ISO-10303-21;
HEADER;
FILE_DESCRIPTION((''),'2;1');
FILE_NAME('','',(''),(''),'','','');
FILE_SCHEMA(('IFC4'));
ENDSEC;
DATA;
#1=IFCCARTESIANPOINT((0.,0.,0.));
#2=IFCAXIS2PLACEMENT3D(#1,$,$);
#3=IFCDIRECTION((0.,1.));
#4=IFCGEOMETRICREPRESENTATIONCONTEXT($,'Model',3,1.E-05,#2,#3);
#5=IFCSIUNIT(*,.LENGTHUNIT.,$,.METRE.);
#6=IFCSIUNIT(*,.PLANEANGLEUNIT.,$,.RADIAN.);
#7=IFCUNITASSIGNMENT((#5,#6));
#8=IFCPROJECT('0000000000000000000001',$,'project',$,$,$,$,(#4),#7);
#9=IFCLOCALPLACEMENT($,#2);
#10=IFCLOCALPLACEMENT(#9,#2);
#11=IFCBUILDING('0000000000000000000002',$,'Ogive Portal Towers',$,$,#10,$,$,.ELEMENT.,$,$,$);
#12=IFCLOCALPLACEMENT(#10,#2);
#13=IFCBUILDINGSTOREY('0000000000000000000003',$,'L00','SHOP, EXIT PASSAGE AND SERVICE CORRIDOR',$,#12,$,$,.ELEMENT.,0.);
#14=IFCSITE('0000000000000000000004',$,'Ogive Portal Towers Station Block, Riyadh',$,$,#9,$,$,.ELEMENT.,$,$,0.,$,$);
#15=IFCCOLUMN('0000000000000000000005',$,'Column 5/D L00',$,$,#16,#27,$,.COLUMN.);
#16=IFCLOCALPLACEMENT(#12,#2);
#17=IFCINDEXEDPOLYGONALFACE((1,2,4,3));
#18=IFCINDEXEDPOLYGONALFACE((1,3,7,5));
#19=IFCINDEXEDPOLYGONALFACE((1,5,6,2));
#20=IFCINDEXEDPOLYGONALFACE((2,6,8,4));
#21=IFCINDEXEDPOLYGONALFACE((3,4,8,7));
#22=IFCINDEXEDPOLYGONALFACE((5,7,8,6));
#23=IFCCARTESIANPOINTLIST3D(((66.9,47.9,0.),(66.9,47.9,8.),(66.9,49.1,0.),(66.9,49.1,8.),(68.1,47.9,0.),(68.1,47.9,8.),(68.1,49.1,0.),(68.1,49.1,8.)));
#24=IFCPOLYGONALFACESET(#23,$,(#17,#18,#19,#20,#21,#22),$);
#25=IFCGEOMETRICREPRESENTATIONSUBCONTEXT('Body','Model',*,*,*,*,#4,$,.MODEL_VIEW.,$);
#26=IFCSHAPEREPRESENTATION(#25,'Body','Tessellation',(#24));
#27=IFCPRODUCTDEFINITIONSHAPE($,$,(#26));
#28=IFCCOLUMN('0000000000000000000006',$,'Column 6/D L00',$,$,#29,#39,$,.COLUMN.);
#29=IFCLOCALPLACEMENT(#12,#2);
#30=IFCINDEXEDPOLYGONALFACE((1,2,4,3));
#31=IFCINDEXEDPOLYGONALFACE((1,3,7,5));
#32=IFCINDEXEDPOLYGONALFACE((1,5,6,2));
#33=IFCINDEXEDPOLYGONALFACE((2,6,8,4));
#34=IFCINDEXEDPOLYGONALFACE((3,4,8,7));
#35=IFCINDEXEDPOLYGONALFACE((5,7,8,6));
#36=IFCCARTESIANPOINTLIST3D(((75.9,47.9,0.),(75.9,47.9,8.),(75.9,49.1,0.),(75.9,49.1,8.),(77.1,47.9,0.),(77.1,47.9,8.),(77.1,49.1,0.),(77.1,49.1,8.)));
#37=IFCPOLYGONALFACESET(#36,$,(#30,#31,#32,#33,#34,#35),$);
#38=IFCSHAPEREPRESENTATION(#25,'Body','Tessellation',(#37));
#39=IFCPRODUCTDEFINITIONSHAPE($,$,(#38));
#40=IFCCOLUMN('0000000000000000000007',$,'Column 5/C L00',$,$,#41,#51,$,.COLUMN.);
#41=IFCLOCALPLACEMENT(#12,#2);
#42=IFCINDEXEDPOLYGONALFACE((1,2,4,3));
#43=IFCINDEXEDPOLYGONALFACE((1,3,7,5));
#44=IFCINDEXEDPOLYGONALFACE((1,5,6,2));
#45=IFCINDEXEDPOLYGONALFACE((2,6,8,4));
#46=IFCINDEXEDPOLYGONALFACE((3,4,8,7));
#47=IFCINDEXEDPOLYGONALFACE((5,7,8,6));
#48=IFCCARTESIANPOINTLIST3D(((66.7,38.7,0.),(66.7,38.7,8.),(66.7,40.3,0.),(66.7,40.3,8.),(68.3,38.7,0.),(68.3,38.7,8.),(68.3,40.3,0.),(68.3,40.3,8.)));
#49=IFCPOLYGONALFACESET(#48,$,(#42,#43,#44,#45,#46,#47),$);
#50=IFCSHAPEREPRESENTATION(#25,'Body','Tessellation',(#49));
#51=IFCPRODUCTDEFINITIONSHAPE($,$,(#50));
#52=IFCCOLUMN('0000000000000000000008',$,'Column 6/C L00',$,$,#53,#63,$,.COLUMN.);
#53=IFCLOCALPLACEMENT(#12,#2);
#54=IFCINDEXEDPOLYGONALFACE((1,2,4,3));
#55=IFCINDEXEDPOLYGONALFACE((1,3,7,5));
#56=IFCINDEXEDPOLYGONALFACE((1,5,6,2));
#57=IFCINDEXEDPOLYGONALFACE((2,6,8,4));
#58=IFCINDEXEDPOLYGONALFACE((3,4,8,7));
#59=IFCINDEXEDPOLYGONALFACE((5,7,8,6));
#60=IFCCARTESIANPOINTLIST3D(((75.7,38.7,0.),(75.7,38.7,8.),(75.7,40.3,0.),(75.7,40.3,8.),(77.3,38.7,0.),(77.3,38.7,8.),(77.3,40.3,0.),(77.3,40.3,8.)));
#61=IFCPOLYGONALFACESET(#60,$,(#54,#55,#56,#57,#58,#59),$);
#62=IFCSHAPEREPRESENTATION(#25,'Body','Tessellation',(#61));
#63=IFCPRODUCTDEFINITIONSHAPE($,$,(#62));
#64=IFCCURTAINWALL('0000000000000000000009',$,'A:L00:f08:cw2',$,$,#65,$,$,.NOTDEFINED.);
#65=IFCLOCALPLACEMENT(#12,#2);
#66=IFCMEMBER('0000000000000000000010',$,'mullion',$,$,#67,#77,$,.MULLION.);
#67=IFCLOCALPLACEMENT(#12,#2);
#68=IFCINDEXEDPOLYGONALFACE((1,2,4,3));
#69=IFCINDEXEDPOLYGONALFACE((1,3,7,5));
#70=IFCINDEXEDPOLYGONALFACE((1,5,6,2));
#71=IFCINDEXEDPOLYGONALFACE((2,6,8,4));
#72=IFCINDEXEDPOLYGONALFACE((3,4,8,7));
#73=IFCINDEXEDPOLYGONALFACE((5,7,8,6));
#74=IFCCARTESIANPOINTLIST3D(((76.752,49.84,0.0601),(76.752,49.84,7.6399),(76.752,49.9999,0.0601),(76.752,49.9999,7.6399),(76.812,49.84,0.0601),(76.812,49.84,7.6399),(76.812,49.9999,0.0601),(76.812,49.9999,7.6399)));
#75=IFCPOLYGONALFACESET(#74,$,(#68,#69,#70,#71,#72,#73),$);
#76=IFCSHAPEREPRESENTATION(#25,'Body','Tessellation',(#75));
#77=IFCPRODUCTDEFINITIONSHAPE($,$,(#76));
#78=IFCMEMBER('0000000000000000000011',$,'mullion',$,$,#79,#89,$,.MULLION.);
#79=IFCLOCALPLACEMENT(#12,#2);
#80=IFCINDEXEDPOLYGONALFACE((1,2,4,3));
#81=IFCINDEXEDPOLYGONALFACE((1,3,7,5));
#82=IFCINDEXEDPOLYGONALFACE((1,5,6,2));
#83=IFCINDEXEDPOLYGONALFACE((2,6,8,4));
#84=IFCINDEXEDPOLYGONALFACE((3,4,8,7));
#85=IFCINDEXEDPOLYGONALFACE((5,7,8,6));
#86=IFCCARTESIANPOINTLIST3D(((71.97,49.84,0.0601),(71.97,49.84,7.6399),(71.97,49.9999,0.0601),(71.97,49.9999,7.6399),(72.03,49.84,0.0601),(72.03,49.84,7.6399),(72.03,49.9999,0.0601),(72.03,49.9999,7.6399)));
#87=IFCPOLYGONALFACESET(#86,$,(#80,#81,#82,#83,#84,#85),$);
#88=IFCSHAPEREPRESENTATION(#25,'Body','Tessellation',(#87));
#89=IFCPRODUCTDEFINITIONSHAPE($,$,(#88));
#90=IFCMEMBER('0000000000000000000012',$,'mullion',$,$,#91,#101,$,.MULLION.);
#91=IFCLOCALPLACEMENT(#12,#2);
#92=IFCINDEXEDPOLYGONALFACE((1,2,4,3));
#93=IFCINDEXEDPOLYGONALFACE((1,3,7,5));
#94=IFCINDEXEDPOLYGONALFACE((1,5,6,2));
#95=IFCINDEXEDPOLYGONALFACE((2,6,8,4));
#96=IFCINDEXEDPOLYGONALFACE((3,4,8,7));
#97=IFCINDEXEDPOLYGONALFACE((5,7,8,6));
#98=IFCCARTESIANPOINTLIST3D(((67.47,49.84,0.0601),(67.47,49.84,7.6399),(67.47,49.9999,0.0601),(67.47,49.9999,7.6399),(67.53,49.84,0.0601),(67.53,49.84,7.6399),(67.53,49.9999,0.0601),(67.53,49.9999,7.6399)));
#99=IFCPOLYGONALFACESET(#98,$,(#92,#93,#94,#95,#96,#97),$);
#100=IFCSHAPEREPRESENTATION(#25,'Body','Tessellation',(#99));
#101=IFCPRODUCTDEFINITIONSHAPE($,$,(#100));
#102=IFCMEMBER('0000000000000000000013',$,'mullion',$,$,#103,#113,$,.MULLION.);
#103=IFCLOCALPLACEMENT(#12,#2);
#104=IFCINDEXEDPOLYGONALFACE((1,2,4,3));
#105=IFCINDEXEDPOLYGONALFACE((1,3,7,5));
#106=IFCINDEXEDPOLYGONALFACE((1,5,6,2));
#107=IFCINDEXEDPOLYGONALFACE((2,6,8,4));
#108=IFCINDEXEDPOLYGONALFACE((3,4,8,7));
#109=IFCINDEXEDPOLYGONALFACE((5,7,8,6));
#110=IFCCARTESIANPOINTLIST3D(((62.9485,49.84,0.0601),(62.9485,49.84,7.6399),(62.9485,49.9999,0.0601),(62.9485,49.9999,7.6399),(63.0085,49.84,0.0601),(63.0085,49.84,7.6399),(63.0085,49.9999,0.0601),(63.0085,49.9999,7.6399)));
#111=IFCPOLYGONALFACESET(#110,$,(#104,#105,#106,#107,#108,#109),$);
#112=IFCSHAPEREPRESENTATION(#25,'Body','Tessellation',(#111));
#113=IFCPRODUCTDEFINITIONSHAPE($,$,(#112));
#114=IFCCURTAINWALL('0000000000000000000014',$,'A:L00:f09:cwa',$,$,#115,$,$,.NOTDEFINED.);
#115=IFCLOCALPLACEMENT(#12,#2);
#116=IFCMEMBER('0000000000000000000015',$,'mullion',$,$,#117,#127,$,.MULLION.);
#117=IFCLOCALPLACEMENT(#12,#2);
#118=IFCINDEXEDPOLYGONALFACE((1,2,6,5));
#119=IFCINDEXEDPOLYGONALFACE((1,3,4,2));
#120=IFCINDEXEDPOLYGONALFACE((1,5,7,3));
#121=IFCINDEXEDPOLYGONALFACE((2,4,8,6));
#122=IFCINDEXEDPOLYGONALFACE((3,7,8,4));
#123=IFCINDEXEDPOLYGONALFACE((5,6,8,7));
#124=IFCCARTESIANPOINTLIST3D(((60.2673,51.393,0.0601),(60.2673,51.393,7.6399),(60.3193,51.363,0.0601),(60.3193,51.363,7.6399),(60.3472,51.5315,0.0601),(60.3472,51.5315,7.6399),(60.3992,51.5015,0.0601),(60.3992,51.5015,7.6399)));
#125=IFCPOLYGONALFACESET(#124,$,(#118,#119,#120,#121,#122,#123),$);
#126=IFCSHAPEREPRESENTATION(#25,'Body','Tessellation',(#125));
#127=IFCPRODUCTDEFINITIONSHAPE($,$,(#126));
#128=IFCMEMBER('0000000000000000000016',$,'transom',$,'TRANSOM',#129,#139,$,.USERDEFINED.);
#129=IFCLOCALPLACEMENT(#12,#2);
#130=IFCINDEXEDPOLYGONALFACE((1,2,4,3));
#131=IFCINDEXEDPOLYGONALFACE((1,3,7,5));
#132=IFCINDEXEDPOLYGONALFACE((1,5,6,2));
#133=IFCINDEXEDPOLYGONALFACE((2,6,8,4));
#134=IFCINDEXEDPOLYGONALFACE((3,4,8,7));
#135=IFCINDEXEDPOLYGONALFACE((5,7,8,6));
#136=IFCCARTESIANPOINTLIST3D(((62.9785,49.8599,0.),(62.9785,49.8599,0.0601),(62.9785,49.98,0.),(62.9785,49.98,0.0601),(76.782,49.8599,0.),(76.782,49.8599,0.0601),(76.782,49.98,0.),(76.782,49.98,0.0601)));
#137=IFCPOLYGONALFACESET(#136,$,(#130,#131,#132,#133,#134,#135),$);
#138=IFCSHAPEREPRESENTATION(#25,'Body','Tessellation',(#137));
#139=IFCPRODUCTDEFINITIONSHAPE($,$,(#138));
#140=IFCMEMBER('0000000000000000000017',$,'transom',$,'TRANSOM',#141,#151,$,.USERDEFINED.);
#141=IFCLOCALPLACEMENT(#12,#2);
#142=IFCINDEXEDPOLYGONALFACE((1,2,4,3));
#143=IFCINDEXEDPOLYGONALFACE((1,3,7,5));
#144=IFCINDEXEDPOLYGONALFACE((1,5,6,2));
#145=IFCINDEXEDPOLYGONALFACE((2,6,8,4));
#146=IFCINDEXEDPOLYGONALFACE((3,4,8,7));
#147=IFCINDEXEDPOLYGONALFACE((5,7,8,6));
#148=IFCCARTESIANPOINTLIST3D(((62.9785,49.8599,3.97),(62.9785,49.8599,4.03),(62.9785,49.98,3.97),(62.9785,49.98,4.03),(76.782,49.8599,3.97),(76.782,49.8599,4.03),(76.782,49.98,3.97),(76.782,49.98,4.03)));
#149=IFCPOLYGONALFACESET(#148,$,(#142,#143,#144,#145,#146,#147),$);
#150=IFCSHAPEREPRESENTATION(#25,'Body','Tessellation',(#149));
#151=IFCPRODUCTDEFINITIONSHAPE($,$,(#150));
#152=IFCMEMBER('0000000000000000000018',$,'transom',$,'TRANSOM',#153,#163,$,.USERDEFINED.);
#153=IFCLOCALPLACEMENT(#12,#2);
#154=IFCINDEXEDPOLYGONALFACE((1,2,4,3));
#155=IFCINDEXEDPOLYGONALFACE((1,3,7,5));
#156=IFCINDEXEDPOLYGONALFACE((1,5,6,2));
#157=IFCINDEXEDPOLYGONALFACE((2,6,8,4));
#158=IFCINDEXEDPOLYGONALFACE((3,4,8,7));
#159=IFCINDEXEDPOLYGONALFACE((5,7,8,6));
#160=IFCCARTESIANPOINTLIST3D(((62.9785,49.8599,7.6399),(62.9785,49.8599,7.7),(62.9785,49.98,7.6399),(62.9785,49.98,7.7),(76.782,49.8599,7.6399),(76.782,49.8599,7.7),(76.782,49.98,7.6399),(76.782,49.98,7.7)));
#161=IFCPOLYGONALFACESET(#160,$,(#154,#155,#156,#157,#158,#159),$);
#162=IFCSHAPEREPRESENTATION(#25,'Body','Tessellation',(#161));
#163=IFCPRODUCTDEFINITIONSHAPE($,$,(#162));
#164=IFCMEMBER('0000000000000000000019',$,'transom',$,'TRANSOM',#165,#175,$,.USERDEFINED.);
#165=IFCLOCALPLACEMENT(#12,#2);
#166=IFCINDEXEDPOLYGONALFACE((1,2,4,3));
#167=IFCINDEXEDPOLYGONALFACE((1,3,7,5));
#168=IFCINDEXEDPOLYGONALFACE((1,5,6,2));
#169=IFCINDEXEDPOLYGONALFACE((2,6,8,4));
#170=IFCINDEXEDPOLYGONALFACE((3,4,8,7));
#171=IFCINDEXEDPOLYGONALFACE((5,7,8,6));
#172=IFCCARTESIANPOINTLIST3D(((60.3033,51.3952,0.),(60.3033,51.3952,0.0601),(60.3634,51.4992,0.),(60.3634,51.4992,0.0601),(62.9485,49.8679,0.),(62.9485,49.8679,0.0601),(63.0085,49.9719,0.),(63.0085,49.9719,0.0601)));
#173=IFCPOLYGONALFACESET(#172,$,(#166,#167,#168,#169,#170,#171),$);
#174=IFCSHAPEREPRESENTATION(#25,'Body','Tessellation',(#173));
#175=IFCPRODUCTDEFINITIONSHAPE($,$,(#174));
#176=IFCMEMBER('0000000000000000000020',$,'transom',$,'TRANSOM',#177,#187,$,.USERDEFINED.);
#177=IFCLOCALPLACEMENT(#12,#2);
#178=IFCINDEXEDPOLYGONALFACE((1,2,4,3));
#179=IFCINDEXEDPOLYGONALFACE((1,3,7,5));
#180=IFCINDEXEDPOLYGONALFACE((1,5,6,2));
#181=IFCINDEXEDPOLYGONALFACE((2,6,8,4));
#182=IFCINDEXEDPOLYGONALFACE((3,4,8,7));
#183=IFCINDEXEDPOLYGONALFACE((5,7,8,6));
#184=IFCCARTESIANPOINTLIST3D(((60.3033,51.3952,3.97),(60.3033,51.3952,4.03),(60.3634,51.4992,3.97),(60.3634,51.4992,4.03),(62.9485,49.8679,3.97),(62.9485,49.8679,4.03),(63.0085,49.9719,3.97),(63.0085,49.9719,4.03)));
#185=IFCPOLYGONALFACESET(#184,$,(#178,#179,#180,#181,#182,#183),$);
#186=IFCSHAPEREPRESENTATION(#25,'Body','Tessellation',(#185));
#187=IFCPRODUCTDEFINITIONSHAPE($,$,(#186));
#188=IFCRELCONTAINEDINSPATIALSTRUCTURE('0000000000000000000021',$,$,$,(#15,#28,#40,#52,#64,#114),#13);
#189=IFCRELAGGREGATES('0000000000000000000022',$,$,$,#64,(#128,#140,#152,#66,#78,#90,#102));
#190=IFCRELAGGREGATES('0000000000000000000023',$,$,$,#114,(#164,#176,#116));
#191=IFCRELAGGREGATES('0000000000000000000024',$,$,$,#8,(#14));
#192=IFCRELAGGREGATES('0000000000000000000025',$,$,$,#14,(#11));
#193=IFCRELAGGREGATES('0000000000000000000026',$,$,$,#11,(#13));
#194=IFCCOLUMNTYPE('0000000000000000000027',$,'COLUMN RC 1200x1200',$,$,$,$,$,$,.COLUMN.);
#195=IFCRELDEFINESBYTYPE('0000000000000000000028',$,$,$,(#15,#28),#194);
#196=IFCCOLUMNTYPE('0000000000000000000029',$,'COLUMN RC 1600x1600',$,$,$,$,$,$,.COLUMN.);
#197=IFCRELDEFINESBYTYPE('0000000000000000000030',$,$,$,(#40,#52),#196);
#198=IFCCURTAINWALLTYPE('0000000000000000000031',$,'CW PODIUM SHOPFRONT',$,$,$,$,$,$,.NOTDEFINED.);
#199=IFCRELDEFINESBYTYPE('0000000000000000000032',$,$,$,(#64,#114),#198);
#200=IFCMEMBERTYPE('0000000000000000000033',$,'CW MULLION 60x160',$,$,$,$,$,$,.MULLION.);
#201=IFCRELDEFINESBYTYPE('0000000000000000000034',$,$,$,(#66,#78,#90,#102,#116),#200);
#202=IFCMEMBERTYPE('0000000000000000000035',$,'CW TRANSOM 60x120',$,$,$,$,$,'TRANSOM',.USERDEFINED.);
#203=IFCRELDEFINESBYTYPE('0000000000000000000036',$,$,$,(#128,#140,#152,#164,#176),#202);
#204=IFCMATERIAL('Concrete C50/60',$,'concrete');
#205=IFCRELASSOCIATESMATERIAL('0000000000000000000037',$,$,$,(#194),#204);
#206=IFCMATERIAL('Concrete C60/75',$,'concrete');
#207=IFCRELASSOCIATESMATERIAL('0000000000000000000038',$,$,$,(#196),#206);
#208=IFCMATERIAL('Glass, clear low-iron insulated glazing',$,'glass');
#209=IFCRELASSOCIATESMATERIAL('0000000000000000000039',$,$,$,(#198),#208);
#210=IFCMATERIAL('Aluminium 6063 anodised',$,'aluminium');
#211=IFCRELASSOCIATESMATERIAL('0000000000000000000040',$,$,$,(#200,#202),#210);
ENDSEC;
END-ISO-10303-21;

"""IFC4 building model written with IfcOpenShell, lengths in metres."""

from ifc_helpers import new_model, si_unit, direction, frame, origin, origin_2d, place, context, subcontext, project, spatial, rectangle, extrude, material, material_profile, profile_set, type_object, element, aggregate, save


model = new_model("IFC4")

# Units and contexts
model_context = context("Model", 3, precision=1e-05, world=origin(), true_north=direction((0.0, 1.0)))
body_context = subcontext(model_context, "Body", "Model", "MODEL_VIEW")
ifc_project = project(units=[si_unit("LENGTHUNIT", "METRE"), si_unit("PLANEANGLEUNIT", "RADIAN")], contexts=[model_context])

# Site, building, storey
site_placement = place(None, origin())
site = spatial("IfcSite", under=ifc_project, at=site_placement, Name="Ogive Portal Towers Station Block, Riyadh", CompositionType="ELEMENT", RefElevation=0.0)
building_placement = place(site_placement, origin())
building = spatial("IfcBuilding", under=site, at=building_placement, Name="Ogive Portal Towers", CompositionType="ELEMENT")
storey_placement = place(building_placement, origin())
storey = spatial("IfcBuildingStorey", under=building, at=storey_placement, Name="L00", Description="SHOP, EXIT PASSAGE AND SERVICE CORRIDOR", CompositionType="ELEMENT", Elevation=0.0)

# Columns
ifc_material_1 = material(Name="Concrete C50/60", Category="concrete")
ifc_material_profile_1 = material_profile(ifc_material_1, rectangle(XDim=1.2, YDim=1.2, at=origin_2d()), Name="RC 1200x1200")
ifc_profile_set_1 = profile_set([ifc_material_profile_1], Name="Concrete C50/60")
column_type_1 = type_object("IfcColumnType", Name="COLUMN RC 1200x1200", PredefinedType="COLUMN", material=ifc_profile_set_1)
for number, where, z_axis, x_axis, name in (
    (1, (67.5, 48.5, 0.0), (0.0, 0.0, 1.0), (1.0, 0.0, 0.0), "Column 5/D L00"),
    (2, (76.5, 48.5, 0.0), (0.0, 0.0, 1.0), (1.0, 0.0, 0.0), "Column 6/D L00"),
):
    element("IfcColumn", number, at=place(storey_placement, frame(where, z_axis=z_axis, x_axis=x_axis)), inside=storey, type_object=column_type_1, Name=name, PredefinedType="COLUMN", context=body_context, shape_type="SweptSolid", body=[
        extrude(rectangle(XDim=1.2, YDim=1.2, at=origin_2d()), origin(), (0.0, 0.0, 1.0), 8.0),
    ])
ifc_material_2 = material(Name="Concrete C60/75", Category="concrete")
ifc_material_profile_2 = material_profile(ifc_material_2, rectangle(XDim=1.6001, YDim=1.6001, at=origin_2d()), Name="RC 1600x1600")
ifc_profile_set_2 = profile_set([ifc_material_profile_2], Name="Concrete C60/75")
column_type_2 = type_object("IfcColumnType", Name="COLUMN RC 1600x1600", PredefinedType="COLUMN", material=ifc_profile_set_2)
for number, where, z_axis, x_axis, name in (
    (3, (67.5, 39.5, 0.0), (0.0, 0.0, 1.0), (1.0, 0.0, 0.0), "Column 5/C L00"),
    (4, (76.5, 39.5, 0.0), (0.0, 0.0, 1.0), (1.0, 0.0, 0.0), "Column 6/C L00"),
):
    element("IfcColumn", number, at=place(storey_placement, frame(where, z_axis=z_axis, x_axis=x_axis)), inside=storey, type_object=column_type_2, Name=name, PredefinedType="COLUMN", context=body_context, shape_type="SweptSolid", body=[
        extrude(rectangle(XDim=1.6001, YDim=1.6001, at=origin_2d()), origin(), (0.0, 0.0, 1.0), 8.0),
    ])

# Curtain wall, members
ifc_material_3 = material(Name="Glass, clear low-iron insulated glazing", Category="glass")
curtain_wall_type = type_object("IfcCurtainWallType", Name="CW PODIUM SHOPFRONT", PredefinedType="NOTDEFINED", material=ifc_material_3)
curtain_wall_1_placement = place(storey_placement, origin())
curtain_wall_1 = element("IfcCurtainWall", 5, at=curtain_wall_1_placement, inside=storey, type_object=curtain_wall_type, Name="A:L00:f08:cw2", PredefinedType="NOTDEFINED")
ifc_material_4 = material(Name="Aluminium 6063 anodised", Category="aluminium")
ifc_material_profile_3 = material_profile(ifc_material_4, rectangle(XDim=0.1599, YDim=0.0601, at=origin_2d()), Name="AL 60x160")
ifc_profile_set_3 = profile_set([ifc_material_profile_3], Name="Aluminium 6063 anodised")
member_type_1 = type_object("IfcMemberType", Name="CW MULLION 60x160", PredefinedType="MULLION", material=ifc_profile_set_3)
member_1_placement = place(storey_placement, frame((76.782, 49.9199, 0.0601), z_axis=(0.0, 0.0, 1.0), x_axis=(0.0, -1.0, 0.0)))
member_1 = element("IfcMember", 6, at=member_1_placement, type_object=member_type_1, Name="mullion", PredefinedType="MULLION", context=body_context, shape_type="SweptSolid", body=[
    extrude(rectangle(XDim=0.1599, YDim=0.0601, at=origin_2d()), origin(), (0.0, 0.0, 1.0), 7.5798),
])
member_2_placement = place(storey_placement, frame((72.0, 49.9199, 0.0601), z_axis=(0.0, 0.0, 1.0), x_axis=(0.0, -1.0, 0.0)))
member_2 = element("IfcMember", 7, at=member_2_placement, type_object=member_type_1, Name="mullion", PredefinedType="MULLION", context=body_context, shape_type="SweptSolid", body=[
    extrude(rectangle(XDim=0.1599, YDim=0.0601, at=origin_2d()), origin(), (0.0, 0.0, 1.0), 7.5798),
])
member_3_placement = place(storey_placement, frame((67.5, 49.9199, 0.0601), z_axis=(0.0, 0.0, 1.0), x_axis=(0.0, -1.0, 0.0)))
member_3 = element("IfcMember", 8, at=member_3_placement, type_object=member_type_1, Name="mullion", PredefinedType="MULLION", context=body_context, shape_type="SweptSolid", body=[
    extrude(rectangle(XDim=0.1599, YDim=0.0601, at=origin_2d()), origin(), (0.0, 0.0, 1.0), 7.5798),
])
member_4_placement = place(storey_placement, frame((62.9785, 49.9199, 0.0601), z_axis=(0.0, 0.0, 1.0), x_axis=(0.0, -1.0, 0.0)))
member_4 = element("IfcMember", 9, at=member_4_placement, type_object=member_type_1, Name="mullion", PredefinedType="MULLION", context=body_context, shape_type="SweptSolid", body=[
    extrude(rectangle(XDim=0.1599, YDim=0.0601, at=origin_2d()), origin(), (0.0, 0.0, 1.0), 7.5798),
])

# Curtain wall, member
curtain_wall_2_placement = place(storey_placement, origin())
curtain_wall_2 = element("IfcCurtainWall", 10, at=curtain_wall_2_placement, inside=storey, type_object=curtain_wall_type, Name="A:L00:f09:cwa", PredefinedType="NOTDEFINED")
member_5_placement = place(storey_placement, frame((60.3333, 51.4473, 0.0601), z_axis=(0.0, 0.0, 1.0), x_axis=(-0.5, -0.866025, 0.0)))
member_5 = element("IfcMember", 11, at=member_5_placement, type_object=member_type_1, Name="mullion", PredefinedType="MULLION", context=body_context, shape_type="SweptSolid", body=[
    extrude(rectangle(XDim=0.1599, YDim=0.0601, at=origin_2d()), origin(), (0.0, 0.0, 1.0), 7.5798),
])

# Members
ifc_material_profile_4 = material_profile(ifc_material_4, rectangle(XDim=0.1201, YDim=0.0601, at=origin_2d()), Name="AL 120x60")
ifc_profile_set_4 = profile_set([ifc_material_profile_4], Name="Aluminium 6063 anodised")
member_type_2 = type_object("IfcMemberType", Name="CW TRANSOM 60x120", ElementType="TRANSOM", PredefinedType="USERDEFINED", material=ifc_profile_set_4)
member_6_placement = place(storey_placement, frame((76.782, 49.9199, 0.03), z_axis=(-1.0, 0.0, 0.0), x_axis=(0.0, -1.0, 0.0)))
member_6 = element("IfcMember", 12, at=member_6_placement, type_object=member_type_2, Name="transom", ObjectType="TRANSOM", PredefinedType="USERDEFINED", context=body_context, shape_type="SweptSolid", body=[
    extrude(rectangle(XDim=0.1201, YDim=0.0601, at=origin_2d()), origin(), (0.0, 0.0, 1.0), 13.8035),
])
member_7_placement = place(storey_placement, frame((76.782, 49.9199, 4.0), z_axis=(-1.0, 0.0, 0.0), x_axis=(0.0, -1.0, 0.0)))
member_7 = element("IfcMember", 13, at=member_7_placement, type_object=member_type_2, Name="transom", ObjectType="TRANSOM", PredefinedType="USERDEFINED", context=body_context, shape_type="SweptSolid", body=[
    extrude(rectangle(XDim=0.1201, YDim=0.0601, at=origin_2d()), origin(), (0.0, 0.0, 1.0), 13.8035),
])
member_8_placement = place(storey_placement, frame((76.782, 49.9199, 7.6699), z_axis=(-1.0, 0.0, 0.0), x_axis=(0.0, -1.0, 0.0)))
member_8 = element("IfcMember", 14, at=member_8_placement, type_object=member_type_2, Name="transom", ObjectType="TRANSOM", PredefinedType="USERDEFINED", context=body_context, shape_type="SweptSolid", body=[
    extrude(rectangle(XDim=0.1201, YDim=0.0601, at=origin_2d()), origin(), (0.0, 0.0, 1.0), 13.8035),
])
member_9_placement = place(storey_placement, frame((62.9785, 49.9199, 0.03), z_axis=(-0.866011, 0.500025, 0.0), x_axis=(-0.500025, -0.866011, 0.0)))
member_9 = element("IfcMember", 15, at=member_9_placement, type_object=member_type_2, Name="transom", ObjectType="TRANSOM", PredefinedType="USERDEFINED", context=body_context, shape_type="SweptSolid", body=[
    extrude(rectangle(XDim=0.1201, YDim=0.0601, at=origin_2d()), origin(), (0.0, 0.0, 1.0), 3.0544),
])
member_10_placement = place(storey_placement, frame((62.9785, 49.9199, 4.0), z_axis=(-0.866011, 0.500025, 0.0), x_axis=(-0.500025, -0.866011, 0.0)))
member_10 = element("IfcMember", 16, at=member_10_placement, type_object=member_type_2, Name="transom", ObjectType="TRANSOM", PredefinedType="USERDEFINED", context=body_context, shape_type="SweptSolid", body=[
    extrude(rectangle(XDim=0.1201, YDim=0.0601, at=origin_2d()), origin(), (0.0, 0.0, 1.0), 3.0544),
])

aggregate(curtain_wall_1, [member_6, member_7, member_8, member_1, member_2, member_3, member_4])
aggregate(curtain_wall_2, [member_9, member_10, member_5])

save(model, "model.ifc")
